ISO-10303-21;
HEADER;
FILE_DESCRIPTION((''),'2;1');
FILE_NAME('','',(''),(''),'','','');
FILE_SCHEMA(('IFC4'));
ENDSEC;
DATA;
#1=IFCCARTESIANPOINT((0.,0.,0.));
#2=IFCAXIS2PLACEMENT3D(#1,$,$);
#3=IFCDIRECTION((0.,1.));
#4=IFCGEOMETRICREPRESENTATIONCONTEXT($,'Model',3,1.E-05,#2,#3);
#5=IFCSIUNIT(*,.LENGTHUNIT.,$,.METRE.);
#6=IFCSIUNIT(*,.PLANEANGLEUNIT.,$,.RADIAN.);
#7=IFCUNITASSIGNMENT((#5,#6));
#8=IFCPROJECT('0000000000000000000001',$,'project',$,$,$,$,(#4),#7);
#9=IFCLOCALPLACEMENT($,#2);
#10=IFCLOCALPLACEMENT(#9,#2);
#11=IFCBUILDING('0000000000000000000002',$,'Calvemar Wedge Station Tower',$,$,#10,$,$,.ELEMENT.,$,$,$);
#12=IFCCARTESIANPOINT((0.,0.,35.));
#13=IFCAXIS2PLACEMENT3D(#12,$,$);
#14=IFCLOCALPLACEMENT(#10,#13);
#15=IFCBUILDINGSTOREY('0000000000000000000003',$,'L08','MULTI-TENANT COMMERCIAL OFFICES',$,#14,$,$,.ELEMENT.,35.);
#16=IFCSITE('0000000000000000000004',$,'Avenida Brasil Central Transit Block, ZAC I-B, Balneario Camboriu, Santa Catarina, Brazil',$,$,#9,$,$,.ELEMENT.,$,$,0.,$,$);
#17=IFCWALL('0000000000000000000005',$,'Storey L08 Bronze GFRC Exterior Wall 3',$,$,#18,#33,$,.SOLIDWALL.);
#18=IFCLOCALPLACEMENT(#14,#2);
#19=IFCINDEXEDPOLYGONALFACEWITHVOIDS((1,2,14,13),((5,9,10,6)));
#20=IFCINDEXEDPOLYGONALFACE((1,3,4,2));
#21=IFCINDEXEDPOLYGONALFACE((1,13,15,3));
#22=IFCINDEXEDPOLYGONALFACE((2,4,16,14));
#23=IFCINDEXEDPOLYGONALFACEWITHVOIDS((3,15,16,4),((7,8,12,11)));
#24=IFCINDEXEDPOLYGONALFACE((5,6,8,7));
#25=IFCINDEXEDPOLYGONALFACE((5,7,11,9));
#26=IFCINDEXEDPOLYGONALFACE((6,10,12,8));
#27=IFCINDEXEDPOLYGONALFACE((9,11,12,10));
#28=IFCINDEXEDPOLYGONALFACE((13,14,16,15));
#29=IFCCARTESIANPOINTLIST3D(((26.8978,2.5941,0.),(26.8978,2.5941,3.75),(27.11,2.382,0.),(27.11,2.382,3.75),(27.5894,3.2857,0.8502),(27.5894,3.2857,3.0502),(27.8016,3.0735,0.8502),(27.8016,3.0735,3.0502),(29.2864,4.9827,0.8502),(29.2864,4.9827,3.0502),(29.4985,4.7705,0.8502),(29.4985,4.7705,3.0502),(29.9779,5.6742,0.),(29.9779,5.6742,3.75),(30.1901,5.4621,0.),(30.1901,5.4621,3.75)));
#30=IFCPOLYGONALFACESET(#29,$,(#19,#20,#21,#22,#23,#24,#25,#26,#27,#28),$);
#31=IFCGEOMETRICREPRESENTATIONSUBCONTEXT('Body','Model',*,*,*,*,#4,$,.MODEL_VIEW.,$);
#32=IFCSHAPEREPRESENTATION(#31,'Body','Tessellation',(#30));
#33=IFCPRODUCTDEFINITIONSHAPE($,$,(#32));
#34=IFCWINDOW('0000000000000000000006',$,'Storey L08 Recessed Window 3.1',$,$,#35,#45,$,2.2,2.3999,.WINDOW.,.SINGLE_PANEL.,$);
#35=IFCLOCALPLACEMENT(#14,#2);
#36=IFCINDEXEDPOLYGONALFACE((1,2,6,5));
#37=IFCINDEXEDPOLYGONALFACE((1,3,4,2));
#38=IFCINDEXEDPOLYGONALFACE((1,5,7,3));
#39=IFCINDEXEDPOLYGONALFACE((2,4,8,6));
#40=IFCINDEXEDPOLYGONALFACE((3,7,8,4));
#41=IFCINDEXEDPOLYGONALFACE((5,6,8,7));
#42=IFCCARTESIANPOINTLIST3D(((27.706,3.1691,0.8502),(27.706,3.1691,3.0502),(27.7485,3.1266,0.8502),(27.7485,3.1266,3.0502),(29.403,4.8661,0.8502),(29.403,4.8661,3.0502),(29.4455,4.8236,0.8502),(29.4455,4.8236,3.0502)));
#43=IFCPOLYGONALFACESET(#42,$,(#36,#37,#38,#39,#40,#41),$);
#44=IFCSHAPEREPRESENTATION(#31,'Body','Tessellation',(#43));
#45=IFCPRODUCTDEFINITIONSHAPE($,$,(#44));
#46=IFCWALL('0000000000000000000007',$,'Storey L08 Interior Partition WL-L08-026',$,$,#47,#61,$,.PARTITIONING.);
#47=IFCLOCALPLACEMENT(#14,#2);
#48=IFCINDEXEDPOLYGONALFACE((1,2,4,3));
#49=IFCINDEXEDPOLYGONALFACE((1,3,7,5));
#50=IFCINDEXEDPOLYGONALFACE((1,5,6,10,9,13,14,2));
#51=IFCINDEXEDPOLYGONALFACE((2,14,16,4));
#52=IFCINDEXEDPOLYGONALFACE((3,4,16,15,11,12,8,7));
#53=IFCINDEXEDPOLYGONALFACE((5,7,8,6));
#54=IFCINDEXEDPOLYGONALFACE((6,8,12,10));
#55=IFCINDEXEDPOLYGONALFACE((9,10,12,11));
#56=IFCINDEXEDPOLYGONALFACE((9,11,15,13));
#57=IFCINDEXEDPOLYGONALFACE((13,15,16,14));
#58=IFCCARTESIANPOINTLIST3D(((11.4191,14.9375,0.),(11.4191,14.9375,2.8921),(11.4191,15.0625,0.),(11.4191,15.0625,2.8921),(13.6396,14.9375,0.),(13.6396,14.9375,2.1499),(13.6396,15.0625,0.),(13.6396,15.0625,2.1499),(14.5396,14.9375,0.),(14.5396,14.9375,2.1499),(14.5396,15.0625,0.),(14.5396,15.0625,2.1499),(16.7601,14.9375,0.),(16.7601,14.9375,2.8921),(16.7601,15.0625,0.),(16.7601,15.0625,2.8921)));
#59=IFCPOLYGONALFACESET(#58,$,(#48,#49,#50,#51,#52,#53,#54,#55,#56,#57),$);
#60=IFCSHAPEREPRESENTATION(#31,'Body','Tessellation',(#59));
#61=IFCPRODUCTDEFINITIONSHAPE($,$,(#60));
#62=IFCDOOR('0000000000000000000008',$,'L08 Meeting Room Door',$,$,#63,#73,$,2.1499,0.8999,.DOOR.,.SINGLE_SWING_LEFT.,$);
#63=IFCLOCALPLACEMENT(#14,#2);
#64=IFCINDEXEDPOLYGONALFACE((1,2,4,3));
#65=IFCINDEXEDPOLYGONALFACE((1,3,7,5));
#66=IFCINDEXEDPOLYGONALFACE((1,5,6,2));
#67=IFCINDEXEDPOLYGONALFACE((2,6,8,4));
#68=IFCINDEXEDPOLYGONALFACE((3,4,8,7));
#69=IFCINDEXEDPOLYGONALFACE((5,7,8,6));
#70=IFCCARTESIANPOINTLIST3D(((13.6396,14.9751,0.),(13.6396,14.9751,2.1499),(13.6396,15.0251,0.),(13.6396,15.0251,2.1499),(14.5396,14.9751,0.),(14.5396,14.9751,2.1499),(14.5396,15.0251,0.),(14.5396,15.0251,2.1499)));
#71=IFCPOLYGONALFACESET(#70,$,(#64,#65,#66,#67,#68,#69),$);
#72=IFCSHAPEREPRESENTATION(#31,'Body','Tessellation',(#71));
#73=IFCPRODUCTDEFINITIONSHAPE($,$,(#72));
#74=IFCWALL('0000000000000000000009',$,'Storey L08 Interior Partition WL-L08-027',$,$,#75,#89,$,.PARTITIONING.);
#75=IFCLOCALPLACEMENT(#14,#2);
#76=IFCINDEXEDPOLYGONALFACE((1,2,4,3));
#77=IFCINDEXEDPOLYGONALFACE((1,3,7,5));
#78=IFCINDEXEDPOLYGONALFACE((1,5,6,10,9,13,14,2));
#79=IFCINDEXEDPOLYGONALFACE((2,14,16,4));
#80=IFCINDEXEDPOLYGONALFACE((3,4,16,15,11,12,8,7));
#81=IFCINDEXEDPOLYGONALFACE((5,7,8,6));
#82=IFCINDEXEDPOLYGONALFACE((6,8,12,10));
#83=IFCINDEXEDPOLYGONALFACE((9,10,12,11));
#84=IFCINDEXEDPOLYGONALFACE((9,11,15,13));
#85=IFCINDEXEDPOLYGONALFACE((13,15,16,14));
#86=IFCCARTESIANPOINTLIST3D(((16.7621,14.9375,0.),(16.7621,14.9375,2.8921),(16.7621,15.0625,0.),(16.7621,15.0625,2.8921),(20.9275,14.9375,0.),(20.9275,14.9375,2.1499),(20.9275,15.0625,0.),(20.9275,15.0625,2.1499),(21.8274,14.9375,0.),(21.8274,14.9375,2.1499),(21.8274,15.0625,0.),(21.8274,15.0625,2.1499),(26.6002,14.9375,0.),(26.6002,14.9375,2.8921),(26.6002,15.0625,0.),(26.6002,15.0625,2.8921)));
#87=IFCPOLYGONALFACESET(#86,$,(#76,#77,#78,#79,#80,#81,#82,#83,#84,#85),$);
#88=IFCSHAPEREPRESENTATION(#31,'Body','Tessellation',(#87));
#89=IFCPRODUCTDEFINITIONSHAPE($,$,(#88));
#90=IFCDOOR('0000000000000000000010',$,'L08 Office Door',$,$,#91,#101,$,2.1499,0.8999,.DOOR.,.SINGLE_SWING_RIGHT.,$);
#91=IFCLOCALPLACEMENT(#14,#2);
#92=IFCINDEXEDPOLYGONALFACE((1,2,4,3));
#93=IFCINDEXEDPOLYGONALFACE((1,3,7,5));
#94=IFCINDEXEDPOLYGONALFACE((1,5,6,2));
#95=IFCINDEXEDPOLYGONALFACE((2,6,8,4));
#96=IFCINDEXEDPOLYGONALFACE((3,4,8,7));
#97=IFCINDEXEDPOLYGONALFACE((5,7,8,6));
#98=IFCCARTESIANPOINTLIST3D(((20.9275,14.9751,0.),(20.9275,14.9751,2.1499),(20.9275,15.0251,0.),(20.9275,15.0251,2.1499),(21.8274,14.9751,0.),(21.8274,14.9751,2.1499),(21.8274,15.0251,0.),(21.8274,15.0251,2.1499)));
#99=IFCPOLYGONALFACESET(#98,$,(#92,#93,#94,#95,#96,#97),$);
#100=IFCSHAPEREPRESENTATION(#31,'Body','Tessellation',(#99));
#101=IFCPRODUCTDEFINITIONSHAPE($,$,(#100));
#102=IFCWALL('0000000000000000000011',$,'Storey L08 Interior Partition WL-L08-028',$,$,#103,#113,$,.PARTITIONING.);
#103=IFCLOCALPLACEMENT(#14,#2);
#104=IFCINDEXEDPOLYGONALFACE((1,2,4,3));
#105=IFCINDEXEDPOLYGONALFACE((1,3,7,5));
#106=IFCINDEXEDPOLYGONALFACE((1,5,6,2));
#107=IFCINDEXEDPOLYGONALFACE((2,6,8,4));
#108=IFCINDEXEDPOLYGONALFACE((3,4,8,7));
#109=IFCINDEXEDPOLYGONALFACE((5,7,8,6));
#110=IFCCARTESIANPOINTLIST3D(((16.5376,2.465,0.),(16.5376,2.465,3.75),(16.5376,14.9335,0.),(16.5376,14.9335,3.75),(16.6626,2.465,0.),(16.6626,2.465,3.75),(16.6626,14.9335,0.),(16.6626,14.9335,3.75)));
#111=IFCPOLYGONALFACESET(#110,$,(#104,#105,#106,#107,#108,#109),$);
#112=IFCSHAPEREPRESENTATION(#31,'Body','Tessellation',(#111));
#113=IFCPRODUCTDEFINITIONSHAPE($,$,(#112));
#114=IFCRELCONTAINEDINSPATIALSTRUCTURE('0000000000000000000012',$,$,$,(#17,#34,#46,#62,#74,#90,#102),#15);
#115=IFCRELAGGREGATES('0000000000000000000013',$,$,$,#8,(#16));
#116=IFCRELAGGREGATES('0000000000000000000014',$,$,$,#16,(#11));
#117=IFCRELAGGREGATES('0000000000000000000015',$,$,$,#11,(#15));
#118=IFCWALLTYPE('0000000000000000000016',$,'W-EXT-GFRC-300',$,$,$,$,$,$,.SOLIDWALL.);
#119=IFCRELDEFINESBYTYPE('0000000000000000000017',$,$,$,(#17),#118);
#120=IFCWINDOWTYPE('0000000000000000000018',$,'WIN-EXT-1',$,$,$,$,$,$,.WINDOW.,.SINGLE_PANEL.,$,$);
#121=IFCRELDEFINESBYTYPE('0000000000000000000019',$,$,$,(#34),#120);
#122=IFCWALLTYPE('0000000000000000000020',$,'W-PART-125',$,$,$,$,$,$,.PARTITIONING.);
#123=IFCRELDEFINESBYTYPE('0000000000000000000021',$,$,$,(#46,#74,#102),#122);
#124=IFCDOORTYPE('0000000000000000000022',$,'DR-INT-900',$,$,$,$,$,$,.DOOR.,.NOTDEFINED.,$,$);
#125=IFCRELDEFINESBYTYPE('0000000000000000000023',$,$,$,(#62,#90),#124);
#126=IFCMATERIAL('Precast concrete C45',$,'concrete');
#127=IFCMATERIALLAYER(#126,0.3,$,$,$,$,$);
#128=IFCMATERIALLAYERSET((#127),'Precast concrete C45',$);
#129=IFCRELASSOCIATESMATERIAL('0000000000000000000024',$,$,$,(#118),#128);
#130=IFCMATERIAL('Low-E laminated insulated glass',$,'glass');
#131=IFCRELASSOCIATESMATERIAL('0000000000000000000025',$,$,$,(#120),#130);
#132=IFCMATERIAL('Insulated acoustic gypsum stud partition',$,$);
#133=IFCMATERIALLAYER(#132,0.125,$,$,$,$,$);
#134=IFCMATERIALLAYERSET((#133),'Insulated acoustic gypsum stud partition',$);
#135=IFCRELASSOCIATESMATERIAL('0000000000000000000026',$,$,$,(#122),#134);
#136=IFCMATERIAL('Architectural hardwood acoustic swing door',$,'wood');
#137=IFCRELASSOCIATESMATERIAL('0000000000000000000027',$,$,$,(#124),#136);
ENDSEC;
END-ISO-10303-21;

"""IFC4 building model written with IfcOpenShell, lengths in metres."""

from ifc_helpers import new_model, si_unit, direction, frame, frame_2d, origin, place, context, subcontext, project, spatial, rectangle, extrude, source, transform, mapped, material, layer, layer_set, type_object, element, fill, save


model = new_model("IFC4")

# Units and contexts
model_context = context("Model", 3, precision=1e-05, world=origin(), true_north=direction((0.0, 1.0)))
body_context = subcontext(model_context, "Body", "Model", "MODEL_VIEW")
ifc_project = project(units=[si_unit("LENGTHUNIT", "METRE"), si_unit("PLANEANGLEUNIT", "RADIAN")], contexts=[model_context])

# Site, building, storey
site_placement = place(None, origin())
site = spatial("IfcSite", under=ifc_project, at=site_placement, Name="Avenida Brasil Central Transit Block, ZAC I-B, Balneario Camboriu, Santa Catarina, Brazil", CompositionType="ELEMENT", RefElevation=0.0)
building_placement = place(site_placement, origin())
building = spatial("IfcBuilding", under=site, at=building_placement, Name="Calvemar Wedge Station Tower", CompositionType="ELEMENT")
storey_placement = place(building_placement, frame((0.0, 0.0, 35.0)))
storey = spatial("IfcBuildingStorey", under=building, at=storey_placement, Name="L08", Description="MULTI-TENANT COMMERCIAL OFFICES", CompositionType="ELEMENT", Elevation=35.0)

# Shared definitions
ifc_material_1 = material(Name="Precast concrete C45", Category="concrete")

# Shared definitions
ifc_layer_1 = layer(ifc_material_1, 0.3)
ifc_layer_set_1 = layer_set([ifc_layer_1], Name="Precast concrete C45")
wall_type_1 = type_object("IfcWallType", Name="W-EXT-GFRC-300", PredefinedType="SOLIDWALL", material=ifc_layer_set_1)
shared_shape_1 = source(origin(), body_context, "Body", "SweptSolid", [
    extrude(rectangle(XDim=2.3999, YDim=2.2, at=frame_2d((1.2, 1.1001))), frame((0.0, 0.1602, 0.0), z_axis=(0.0, -1.0, 0.0), x_axis=(1.0, 0.0, 0.0)), (0.0, 0.0, 1.0), 0.3201),
])
ifc_material_2 = material(Name="Low-E laminated insulated glass", Category="glass")
window_type_1 = type_object("IfcWindowType", Name="WIN-EXT-1", PartitioningType="SINGLE_PANEL", PredefinedType="WINDOW", material=ifc_material_2)
shared_shape_2 = source(origin(), body_context, "Body", "SweptSolid", [
    extrude(rectangle(XDim=2.3999, YDim=2.2, at=frame_2d((1.2, 1.1001))), frame((0.0, -0.0149, 0.0), z_axis=(0.0, -1.0, 0.0), x_axis=(1.0, 0.0, 0.0)), (0.0, 0.0, 1.0), 0.0601),
])

# Wall, opening, window
wall_1_placement = place(storey_placement, frame((27.0039, 2.488, 0.0), z_axis=(0.0, 0.0, 1.0), x_axis=(0.707107, 0.707107, 0.0)))
wall_1 = element("IfcWall", 1, at=wall_1_placement, inside=storey, type_object=wall_type_1, Name="Storey L08 Bronze GFRC Exterior Wall 3", PredefinedType="SOLIDWALL", context=body_context, shape_type="SweptSolid", body=[
    extrude(rectangle(XDim=4.356, YDim=0.3, at=frame_2d((2.178, 0.0))), origin(), (0.0, 0.0, 1.0), 3.75),
])
opening_1_placement = place(wall_1_placement, frame((0.978, 0.0, 0.8501)))
opening_1 = element("IfcOpeningElement", 2, at=opening_1_placement, cuts=wall_1, PredefinedType="OPENING", context=body_context, shape_type="MappedRepresentation", body=[
    mapped(shared_shape_1, transform((0.0, 0.0, 0.0), scale=1.0)),
])
window_1_placement = place(opening_1_placement, origin())
window_1 = element("IfcWindow", 3, at=window_1_placement, inside=storey, type_object=window_type_1, Name="Storey L08 Recessed Window 3.1", OverallHeight=2.2, OverallWidth=2.3999, PartitioningType="SINGLE_PANEL", PredefinedType="WINDOW", context=body_context, shape_type="MappedRepresentation", body=[
    mapped(shared_shape_2, transform((0.0, 0.0, 0.0), scale=1.0)),
])
fill(opening_1, window_1)

# Walls, openings, doors
ifc_material_3 = material(Name="Insulated acoustic gypsum stud partition")
ifc_layer_2 = layer(ifc_material_3, 0.125)
ifc_layer_set_2 = layer_set([ifc_layer_2], Name="Insulated acoustic gypsum stud partition")
wall_type_2 = type_object("IfcWallType", Name="W-PART-125", PredefinedType="PARTITIONING", material=ifc_layer_set_2)
wall_2_placement = place(storey_placement, frame((16.76, 15.0, 0.0), z_axis=(0.0, 0.0, 1.0), x_axis=(-1.0, 0.0, 0.0)))
wall_2 = element("IfcWall", 4, at=wall_2_placement, inside=storey, type_object=wall_type_2, Name="Storey L08 Interior Partition WL-L08-026", PredefinedType="PARTITIONING", context=body_context, shape_type="SweptSolid", body=[
    extrude(rectangle(XDim=5.3411, YDim=0.125, at=frame_2d((2.6704, 0.0))), origin(), (0.0, 0.0, 1.0), 2.8921),
])
shared_shape_3 = source(origin(), body_context, "Body", "SweptSolid", [
    extrude(rectangle(XDim=0.8999, YDim=2.1499, at=frame_2d((0.45, 1.075))), frame((0.0, 0.0725, 0.0), z_axis=(0.0, -1.0, 0.0), x_axis=(1.0, 0.0, 0.0)), (0.0, 0.0, 1.0), 0.145),
])
opening_2_placement = place(wall_2_placement, frame((2.2205, 0.0, 0.0)))
opening_2 = element("IfcOpeningElement", 5, at=opening_2_placement, cuts=wall_2, PredefinedType="OPENING", context=body_context, shape_type="MappedRepresentation", body=[
    mapped(shared_shape_3, transform((0.0, 0.0, 0.0), scale=1.0)),
])
ifc_material_4 = material(Name="Architectural hardwood acoustic swing door", Category="wood")
door_type = type_object("IfcDoorType", Name="DR-INT-900", OperationType="NOTDEFINED", PredefinedType="DOOR", material=ifc_material_4)
shared_shape_4 = source(origin(), body_context, "Body", "SweptSolid", [
    extrude(rectangle(XDim=0.8999, YDim=2.1499, at=frame_2d((0.45, 1.075))), frame((0.0, 0.0249, 0.0), z_axis=(0.0, -1.0, 0.0), x_axis=(1.0, 0.0, 0.0)), (0.0, 0.0, 1.0), 0.05),
])
door_1_placement = place(opening_2_placement, origin())
door_1 = element("IfcDoor", 6, at=door_1_placement, inside=storey, type_object=door_type, Name="L08 Meeting Room Door", OperationType="SINGLE_SWING_LEFT", OverallHeight=2.1499, OverallWidth=0.8999, PredefinedType="DOOR", context=body_context, shape_type="MappedRepresentation", body=[
    mapped(shared_shape_4, transform((0.0, 0.0, 0.0), scale=1.0)),
])
fill(opening_2, door_1)
wall_3_placement = place(storey_placement, frame((26.6001, 15.0, 0.0), z_axis=(0.0, 0.0, 1.0), x_axis=(-1.0, 0.0, 0.0)))
wall_3 = element("IfcWall", 7, at=wall_3_placement, inside=storey, type_object=wall_type_2, Name="Storey L08 Interior Partition WL-L08-027", PredefinedType="PARTITIONING", context=body_context, shape_type="SweptSolid", body=[
    extrude(rectangle(XDim=9.8381, YDim=0.125, at=frame_2d((4.9189, 0.0))), origin(), (0.0, 0.0, 1.0), 2.8921),
])
opening_3_placement = place(wall_3_placement, frame((4.7727, 0.0, 0.0)))
opening_3 = element("IfcOpeningElement", 8, at=opening_3_placement, cuts=wall_3, PredefinedType="OPENING", context=body_context, shape_type="MappedRepresentation", body=[
    mapped(shared_shape_3, transform((0.0, 0.0, 0.0), scale=1.0)),
])
door_2_placement = place(opening_3_placement, origin())
door_2 = element("IfcDoor", 9, at=door_2_placement, inside=storey, type_object=door_type, Name="L08 Office Door", OperationType="SINGLE_SWING_RIGHT", OverallHeight=2.1499, OverallWidth=0.8999, PredefinedType="DOOR", context=body_context, shape_type="MappedRepresentation", body=[
    mapped(shared_shape_4, transform((0.0, 0.0, 0.0), scale=1.0)),
])
fill(opening_3, door_2)

# Wall
wall_4_placement = place(storey_placement, frame((16.6001, 14.9336, 0.0), z_axis=(0.0, 0.0, 1.0), x_axis=(0.0, -1.0, 0.0)))
element("IfcWall", 10, at=wall_4_placement, inside=storey, type_object=wall_type_2, Name="Storey L08 Interior Partition WL-L08-028", PredefinedType="PARTITIONING", context=body_context, shape_type="SweptSolid", body=[
    extrude(rectangle(XDim=12.4685, YDim=0.125, at=frame_2d((6.2344, 0.0))), origin(), (0.0, 0.0, 1.0), 3.75),
])

save(model, "model.ifc")
